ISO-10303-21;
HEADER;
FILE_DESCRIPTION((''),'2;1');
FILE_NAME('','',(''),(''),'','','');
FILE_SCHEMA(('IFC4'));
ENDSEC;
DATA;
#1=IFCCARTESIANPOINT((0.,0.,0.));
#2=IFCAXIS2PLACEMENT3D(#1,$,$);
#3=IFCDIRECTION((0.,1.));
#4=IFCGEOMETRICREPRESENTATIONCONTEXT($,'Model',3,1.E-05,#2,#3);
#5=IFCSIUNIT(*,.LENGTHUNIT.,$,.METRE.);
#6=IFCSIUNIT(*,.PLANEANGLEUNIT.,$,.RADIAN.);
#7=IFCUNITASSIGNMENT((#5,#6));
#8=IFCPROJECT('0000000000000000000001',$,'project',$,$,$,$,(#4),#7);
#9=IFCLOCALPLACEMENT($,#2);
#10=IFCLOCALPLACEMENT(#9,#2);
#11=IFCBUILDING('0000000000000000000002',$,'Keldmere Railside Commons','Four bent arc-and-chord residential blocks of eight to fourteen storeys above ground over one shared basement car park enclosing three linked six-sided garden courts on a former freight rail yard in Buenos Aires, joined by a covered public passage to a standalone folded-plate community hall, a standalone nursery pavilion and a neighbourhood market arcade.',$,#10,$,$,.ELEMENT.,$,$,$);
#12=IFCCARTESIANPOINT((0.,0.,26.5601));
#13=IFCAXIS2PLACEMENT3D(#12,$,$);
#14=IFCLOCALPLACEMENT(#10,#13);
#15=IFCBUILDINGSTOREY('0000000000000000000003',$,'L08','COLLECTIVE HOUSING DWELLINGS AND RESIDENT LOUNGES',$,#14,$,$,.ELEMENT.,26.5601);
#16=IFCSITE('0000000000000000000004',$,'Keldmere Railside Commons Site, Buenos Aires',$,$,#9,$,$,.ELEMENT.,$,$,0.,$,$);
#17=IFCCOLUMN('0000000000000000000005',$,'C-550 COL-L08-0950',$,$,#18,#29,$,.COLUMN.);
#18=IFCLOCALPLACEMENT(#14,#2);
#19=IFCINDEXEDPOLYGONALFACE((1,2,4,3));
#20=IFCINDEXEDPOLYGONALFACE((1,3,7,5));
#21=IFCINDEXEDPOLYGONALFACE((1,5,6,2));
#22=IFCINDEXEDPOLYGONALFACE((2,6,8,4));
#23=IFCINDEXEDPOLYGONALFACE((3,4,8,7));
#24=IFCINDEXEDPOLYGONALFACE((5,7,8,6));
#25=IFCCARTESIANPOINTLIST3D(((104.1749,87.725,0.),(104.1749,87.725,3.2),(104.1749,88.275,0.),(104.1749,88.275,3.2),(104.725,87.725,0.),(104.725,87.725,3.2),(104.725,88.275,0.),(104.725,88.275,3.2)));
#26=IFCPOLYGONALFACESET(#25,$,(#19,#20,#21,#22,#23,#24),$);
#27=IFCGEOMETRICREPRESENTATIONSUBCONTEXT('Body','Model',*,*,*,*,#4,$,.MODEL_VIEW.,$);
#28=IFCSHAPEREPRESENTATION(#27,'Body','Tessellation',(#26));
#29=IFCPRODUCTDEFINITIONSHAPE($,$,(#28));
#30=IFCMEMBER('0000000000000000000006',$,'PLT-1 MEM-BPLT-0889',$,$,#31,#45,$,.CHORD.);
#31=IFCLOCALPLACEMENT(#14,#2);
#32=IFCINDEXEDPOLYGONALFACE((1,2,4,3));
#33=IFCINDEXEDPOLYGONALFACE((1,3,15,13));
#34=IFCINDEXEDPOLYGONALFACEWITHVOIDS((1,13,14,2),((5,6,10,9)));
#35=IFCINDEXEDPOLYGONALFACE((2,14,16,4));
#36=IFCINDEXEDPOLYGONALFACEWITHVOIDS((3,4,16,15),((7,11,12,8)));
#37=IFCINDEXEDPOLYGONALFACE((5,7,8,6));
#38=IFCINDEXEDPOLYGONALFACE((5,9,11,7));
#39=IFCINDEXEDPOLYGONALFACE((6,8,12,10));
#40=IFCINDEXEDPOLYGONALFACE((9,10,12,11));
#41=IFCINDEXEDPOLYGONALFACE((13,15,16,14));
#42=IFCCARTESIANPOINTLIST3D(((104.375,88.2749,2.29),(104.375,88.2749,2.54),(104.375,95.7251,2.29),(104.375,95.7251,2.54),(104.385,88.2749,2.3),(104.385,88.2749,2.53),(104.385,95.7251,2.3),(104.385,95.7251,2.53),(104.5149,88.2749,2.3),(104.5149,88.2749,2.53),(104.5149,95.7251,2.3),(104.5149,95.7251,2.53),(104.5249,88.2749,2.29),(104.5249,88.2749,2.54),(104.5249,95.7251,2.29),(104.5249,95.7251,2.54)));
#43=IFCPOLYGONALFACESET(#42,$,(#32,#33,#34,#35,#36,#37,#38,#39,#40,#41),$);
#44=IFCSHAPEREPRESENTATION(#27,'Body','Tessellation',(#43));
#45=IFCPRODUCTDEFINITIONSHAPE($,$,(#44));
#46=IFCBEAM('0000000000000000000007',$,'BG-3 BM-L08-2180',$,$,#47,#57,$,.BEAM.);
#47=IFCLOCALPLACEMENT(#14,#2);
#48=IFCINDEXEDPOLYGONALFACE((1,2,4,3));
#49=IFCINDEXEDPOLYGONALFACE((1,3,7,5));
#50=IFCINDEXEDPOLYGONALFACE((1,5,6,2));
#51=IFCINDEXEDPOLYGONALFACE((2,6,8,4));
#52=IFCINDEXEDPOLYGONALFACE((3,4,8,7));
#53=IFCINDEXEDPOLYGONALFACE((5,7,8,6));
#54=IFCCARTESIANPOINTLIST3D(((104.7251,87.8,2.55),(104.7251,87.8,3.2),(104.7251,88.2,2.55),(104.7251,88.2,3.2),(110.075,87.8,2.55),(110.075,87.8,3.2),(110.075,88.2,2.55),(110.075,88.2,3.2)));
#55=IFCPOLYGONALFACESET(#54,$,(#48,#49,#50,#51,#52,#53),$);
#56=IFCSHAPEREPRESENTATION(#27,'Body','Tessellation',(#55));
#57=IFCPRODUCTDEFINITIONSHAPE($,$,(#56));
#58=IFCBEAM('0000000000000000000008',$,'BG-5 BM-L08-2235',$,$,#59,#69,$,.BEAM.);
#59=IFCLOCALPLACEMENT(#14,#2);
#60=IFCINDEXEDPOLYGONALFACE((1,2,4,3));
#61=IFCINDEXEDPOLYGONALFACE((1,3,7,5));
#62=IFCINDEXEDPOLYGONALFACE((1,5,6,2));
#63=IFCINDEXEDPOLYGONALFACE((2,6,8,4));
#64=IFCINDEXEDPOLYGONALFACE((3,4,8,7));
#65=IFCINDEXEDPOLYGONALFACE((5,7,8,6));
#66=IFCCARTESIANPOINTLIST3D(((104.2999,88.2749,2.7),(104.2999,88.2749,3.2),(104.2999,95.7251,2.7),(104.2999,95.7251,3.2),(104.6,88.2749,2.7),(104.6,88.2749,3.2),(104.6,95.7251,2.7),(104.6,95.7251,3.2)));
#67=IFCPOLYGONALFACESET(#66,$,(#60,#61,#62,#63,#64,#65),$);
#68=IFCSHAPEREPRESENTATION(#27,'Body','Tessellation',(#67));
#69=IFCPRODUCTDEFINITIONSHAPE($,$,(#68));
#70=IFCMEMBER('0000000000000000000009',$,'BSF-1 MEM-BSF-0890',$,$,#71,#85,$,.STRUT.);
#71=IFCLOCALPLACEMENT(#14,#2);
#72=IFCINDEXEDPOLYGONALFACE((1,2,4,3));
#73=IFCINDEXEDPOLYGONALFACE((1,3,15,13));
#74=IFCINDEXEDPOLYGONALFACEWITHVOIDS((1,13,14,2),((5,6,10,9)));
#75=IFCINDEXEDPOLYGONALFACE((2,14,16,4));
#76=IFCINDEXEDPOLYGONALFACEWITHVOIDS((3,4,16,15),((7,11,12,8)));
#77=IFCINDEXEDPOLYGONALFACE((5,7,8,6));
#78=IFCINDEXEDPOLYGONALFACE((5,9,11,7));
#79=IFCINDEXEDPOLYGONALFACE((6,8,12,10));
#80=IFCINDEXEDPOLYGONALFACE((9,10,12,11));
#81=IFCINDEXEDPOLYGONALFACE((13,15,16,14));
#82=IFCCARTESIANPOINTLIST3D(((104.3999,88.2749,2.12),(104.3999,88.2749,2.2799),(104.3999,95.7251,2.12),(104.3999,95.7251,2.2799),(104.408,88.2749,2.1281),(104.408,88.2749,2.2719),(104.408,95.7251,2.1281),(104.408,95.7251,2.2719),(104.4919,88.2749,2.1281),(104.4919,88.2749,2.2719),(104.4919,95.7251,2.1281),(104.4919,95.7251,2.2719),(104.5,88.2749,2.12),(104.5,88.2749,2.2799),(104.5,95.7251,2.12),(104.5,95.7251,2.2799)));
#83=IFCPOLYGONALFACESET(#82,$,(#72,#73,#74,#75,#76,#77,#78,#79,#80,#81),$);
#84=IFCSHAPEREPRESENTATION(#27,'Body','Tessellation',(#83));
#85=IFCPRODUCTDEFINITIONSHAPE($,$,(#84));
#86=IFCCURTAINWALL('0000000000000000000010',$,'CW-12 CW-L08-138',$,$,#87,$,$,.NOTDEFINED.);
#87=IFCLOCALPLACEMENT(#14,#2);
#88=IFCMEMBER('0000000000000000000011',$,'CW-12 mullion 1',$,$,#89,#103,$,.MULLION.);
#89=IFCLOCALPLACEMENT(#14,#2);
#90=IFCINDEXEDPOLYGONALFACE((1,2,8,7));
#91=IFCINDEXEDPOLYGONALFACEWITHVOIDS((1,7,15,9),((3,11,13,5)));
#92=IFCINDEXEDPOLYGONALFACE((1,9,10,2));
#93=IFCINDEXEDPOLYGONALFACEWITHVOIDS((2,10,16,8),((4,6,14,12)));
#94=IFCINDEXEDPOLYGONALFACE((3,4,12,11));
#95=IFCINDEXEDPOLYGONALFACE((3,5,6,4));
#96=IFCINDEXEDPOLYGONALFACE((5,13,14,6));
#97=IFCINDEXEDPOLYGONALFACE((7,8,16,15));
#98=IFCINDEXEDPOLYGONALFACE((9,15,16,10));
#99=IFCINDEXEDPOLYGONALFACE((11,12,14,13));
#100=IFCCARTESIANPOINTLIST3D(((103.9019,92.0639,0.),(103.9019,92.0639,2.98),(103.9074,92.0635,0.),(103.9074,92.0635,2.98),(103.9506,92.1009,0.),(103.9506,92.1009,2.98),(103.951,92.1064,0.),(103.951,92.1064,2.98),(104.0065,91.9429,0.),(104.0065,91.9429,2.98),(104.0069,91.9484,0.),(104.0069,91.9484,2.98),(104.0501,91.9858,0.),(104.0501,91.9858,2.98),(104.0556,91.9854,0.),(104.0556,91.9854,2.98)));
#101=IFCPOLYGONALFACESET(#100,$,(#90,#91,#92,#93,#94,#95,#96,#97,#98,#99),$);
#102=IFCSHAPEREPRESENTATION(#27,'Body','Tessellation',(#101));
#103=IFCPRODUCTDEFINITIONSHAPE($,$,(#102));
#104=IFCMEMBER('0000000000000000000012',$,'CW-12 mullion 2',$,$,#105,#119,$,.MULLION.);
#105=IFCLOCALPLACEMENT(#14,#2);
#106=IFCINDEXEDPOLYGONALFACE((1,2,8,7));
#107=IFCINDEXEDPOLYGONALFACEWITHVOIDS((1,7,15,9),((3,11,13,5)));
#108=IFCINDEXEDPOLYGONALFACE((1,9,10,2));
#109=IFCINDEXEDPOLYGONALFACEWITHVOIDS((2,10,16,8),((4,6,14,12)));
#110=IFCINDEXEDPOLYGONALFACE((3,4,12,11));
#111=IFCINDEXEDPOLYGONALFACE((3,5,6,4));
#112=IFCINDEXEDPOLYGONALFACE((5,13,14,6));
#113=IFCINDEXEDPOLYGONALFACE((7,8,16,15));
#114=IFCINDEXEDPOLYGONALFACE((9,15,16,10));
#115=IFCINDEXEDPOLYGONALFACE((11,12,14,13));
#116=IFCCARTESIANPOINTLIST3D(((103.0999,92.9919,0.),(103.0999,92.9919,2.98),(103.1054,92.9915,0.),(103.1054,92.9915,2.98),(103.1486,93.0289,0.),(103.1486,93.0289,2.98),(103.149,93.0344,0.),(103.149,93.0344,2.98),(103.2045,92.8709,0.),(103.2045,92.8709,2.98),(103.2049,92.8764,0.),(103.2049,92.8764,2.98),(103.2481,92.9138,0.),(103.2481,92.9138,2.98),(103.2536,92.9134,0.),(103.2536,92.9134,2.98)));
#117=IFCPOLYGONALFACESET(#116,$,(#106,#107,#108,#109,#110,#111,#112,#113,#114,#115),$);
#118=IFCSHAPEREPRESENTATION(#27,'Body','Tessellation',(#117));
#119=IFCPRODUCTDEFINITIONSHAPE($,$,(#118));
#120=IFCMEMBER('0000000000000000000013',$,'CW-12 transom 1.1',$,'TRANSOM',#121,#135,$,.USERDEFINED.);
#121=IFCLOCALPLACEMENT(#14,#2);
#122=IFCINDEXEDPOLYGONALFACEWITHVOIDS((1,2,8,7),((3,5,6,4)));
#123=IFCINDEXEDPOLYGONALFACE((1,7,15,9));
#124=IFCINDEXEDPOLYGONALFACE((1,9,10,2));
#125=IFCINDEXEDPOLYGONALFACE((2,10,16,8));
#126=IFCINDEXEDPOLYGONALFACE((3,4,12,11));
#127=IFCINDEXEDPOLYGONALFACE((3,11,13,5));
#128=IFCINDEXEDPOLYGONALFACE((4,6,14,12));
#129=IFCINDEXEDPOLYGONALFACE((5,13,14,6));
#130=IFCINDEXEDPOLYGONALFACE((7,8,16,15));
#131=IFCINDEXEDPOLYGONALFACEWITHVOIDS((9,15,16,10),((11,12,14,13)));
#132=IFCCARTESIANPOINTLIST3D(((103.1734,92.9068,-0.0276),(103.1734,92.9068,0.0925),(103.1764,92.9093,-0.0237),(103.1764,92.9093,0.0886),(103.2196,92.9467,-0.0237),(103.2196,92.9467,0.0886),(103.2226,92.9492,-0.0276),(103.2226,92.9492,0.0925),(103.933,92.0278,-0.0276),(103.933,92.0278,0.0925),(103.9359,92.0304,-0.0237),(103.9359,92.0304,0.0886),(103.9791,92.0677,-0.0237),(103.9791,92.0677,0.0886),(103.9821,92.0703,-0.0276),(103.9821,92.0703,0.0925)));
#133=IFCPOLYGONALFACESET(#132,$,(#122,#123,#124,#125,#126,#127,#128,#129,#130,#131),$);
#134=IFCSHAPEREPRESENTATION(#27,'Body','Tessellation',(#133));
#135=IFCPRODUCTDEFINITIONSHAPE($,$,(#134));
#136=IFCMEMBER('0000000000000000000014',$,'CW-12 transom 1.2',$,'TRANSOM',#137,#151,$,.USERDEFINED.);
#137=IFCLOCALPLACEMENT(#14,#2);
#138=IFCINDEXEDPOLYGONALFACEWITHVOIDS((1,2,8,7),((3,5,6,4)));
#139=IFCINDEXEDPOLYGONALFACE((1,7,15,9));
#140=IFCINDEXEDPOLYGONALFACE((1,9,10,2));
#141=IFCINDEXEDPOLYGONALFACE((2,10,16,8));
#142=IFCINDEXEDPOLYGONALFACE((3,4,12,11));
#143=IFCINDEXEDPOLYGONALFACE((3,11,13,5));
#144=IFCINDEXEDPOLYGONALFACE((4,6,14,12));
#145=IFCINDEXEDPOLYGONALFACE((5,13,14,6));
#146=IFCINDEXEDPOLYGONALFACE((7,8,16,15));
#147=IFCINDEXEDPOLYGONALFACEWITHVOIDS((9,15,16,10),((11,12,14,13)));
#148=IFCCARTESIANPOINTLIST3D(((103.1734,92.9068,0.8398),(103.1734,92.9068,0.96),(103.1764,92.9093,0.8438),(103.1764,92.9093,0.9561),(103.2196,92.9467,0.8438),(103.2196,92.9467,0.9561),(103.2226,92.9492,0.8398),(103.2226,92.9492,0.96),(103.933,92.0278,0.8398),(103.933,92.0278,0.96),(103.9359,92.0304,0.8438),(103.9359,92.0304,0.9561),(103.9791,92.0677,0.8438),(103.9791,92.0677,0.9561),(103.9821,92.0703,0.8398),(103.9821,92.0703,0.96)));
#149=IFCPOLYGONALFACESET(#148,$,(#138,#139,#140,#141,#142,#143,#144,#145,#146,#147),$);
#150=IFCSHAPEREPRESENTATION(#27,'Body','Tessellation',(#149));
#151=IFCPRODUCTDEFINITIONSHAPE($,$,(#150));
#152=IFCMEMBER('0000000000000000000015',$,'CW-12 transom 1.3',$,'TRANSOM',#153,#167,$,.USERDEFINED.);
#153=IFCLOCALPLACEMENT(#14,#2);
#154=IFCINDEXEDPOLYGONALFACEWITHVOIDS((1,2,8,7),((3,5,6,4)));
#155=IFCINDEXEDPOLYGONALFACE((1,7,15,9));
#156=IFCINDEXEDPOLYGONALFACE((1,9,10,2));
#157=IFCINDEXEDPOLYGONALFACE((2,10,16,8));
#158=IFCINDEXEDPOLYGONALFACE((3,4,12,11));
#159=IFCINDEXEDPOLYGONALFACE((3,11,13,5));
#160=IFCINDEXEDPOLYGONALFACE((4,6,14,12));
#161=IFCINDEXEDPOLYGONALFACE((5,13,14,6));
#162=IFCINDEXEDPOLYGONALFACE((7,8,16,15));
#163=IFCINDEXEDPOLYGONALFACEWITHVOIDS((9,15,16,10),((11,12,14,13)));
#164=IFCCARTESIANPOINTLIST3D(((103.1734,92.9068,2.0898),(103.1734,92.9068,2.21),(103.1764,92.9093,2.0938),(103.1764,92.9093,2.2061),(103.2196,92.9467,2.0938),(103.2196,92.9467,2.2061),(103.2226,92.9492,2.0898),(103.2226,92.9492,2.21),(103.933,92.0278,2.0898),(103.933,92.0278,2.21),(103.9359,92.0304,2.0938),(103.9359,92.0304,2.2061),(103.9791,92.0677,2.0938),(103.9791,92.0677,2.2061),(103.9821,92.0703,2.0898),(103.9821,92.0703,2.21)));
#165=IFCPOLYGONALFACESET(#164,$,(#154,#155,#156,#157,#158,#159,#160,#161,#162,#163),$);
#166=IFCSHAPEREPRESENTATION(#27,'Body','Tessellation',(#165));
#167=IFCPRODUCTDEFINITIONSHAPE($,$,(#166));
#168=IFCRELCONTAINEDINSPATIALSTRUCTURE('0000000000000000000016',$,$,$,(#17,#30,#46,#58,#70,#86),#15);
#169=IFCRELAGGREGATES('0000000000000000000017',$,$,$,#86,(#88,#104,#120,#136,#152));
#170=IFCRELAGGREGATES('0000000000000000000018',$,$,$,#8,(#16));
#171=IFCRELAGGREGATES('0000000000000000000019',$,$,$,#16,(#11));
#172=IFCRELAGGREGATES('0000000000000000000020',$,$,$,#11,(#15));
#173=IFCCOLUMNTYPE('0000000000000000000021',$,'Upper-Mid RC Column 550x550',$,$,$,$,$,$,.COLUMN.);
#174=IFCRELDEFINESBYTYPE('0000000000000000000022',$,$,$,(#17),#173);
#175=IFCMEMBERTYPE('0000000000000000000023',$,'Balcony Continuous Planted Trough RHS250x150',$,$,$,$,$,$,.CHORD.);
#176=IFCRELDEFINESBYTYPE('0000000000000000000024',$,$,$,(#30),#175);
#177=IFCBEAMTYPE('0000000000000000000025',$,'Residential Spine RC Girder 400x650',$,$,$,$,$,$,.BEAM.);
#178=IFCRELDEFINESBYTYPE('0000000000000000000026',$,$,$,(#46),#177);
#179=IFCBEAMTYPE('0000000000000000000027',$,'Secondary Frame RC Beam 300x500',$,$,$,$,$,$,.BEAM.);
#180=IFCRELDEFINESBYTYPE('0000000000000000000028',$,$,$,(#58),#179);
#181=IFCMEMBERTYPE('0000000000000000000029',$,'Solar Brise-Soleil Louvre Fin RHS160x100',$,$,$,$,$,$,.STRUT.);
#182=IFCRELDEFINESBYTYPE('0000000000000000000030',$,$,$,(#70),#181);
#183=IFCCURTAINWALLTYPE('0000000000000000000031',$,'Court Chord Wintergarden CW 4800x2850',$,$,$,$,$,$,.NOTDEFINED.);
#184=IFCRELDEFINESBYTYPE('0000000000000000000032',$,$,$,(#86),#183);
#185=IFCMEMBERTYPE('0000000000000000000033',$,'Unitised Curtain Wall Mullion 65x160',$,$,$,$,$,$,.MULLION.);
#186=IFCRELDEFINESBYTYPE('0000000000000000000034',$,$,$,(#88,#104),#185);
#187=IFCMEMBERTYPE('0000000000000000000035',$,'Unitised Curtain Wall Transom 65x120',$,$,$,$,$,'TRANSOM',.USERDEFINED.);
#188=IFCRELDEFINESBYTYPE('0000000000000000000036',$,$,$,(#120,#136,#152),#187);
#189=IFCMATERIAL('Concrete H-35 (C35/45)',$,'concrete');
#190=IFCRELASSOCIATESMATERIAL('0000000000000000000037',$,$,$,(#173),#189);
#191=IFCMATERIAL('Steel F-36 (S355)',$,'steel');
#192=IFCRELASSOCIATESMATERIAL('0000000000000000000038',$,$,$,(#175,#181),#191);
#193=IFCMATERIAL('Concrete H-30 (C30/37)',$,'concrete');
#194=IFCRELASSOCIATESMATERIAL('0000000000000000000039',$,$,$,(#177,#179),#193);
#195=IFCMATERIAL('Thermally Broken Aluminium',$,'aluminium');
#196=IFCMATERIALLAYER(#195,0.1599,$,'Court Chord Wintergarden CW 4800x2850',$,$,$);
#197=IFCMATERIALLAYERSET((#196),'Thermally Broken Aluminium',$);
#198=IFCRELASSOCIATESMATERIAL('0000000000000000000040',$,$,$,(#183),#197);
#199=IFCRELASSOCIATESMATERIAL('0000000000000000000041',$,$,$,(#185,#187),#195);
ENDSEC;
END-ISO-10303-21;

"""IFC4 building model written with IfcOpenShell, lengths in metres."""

from ifc_helpers import new_model, si_unit, direction, frame, origin, origin_2d, place, context, subcontext, project, spatial, rectangle, hollow_rectangle, extrude, material, layer, layer_set, material_profile, profile_set, type_object, element, aggregate, save


model = new_model("IFC4")

# Units and contexts
model_context = context("Model", 3, precision=1e-05, world=origin(), true_north=direction((0.0, 1.0)))
body_context = subcontext(model_context, "Body", "Model", "MODEL_VIEW")
ifc_project = project(units=[si_unit("LENGTHUNIT", "METRE"), si_unit("PLANEANGLEUNIT", "RADIAN")], contexts=[model_context])

# Site, building, storey
site_placement = place(None, origin())
site = spatial("IfcSite", under=ifc_project, at=site_placement, Name="Keldmere Railside Commons Site, Buenos Aires", CompositionType="ELEMENT", RefElevation=0.0)
building_placement = place(site_placement, origin())
building = spatial("IfcBuilding", under=site, at=building_placement, Name="Keldmere Railside Commons", Description="Four bent arc-and-chord residential blocks of eight to fourteen storeys above ground over one shared basement car park enclosing three linked six-sided garden courts on a former freight rail yard in Buenos Aires, joined by a covered public passage to a standalone folded-plate community hall, a standalone nursery pavilion and a neighbourhood market arcade.", CompositionType="ELEMENT")
storey_placement = place(building_placement, frame((0.0, 0.0, 26.5601)))
storey = spatial("IfcBuildingStorey", under=building, at=storey_placement, Name="L08", Description="COLLECTIVE HOUSING DWELLINGS AND RESIDENT LOUNGES", CompositionType="ELEMENT", Elevation=26.5601)

# Column
ifc_material_1 = material(Name="Concrete H-35 (C35/45)", Category="concrete")
ifc_material_profile_1 = material_profile(ifc_material_1, rectangle(XDim=0.55, YDim=0.55, at=origin_2d()), Name="RC-550x550")
ifc_profile_set_1 = profile_set([ifc_material_profile_1], Name="Concrete H-35 (C35/45)")
column_type = type_object("IfcColumnType", Name="Upper-Mid RC Column 550x550", PredefinedType="COLUMN", material=ifc_profile_set_1)
column_placement = place(storey_placement, frame((104.45, 88.0, 0.0), z_axis=(0.0, 0.0, 1.0), x_axis=(1.0, 0.0, 0.0)))
element("IfcColumn", 1, at=column_placement, inside=storey, type_object=column_type, Name="C-550 COL-L08-0950", PredefinedType="COLUMN", context=body_context, shape_type="SweptSolid", body=[
    extrude(rectangle(XDim=0.55, YDim=0.55, at=origin_2d()), origin(), (0.0, 0.0, 1.0), 3.2),
])

# Member
ifc_material_2 = material(Name="Steel F-36 (S355)", Category="steel")
ifc_material_profile_2 = material_profile(ifc_material_2, hollow_rectangle(XDim=0.1499, YDim=0.25, WallThickness=0.01, at=origin_2d()), Name="RHS-250x150x10")
ifc_profile_set_2 = profile_set([ifc_material_profile_2], Name="Steel F-36 (S355)")
member_type_1 = type_object("IfcMemberType", Name="Balcony Continuous Planted Trough RHS250x150", PredefinedType="CHORD", material=ifc_profile_set_2)
member_1_placement = place(storey_placement, frame((104.45, 88.2749, 2.415), z_axis=(0.0, 1.0, 0.0), x_axis=(-1.0, 0.0, 0.0)))
element("IfcMember", 2, at=member_1_placement, inside=storey, type_object=member_type_1, Name="PLT-1 MEM-BPLT-0889", PredefinedType="CHORD", context=body_context, shape_type="SweptSolid", body=[
    extrude(hollow_rectangle(XDim=0.1499, YDim=0.25, WallThickness=0.01, at=origin_2d()), origin(), (0.0, 0.0, 1.0), 7.4502),
])

# Beams
ifc_material_3 = material(Name="Concrete H-30 (C30/37)", Category="concrete")
ifc_material_profile_3 = material_profile(ifc_material_3, rectangle(XDim=0.3999, YDim=0.6499, at=origin_2d()), Name="RC-400x650")
ifc_profile_set_3 = profile_set([ifc_material_profile_3], Name="Concrete H-30 (C30/37)")
beam_type_1 = type_object("IfcBeamType", Name="Residential Spine RC Girder 400x650", PredefinedType="BEAM", material=ifc_profile_set_3)
beam_1_placement = place(storey_placement, frame((104.7251, 88.0, 2.875), z_axis=(1.0, 0.0, 0.0), x_axis=(0.0, 1.0, 0.0)))
element("IfcBeam", 3, at=beam_1_placement, inside=storey, type_object=beam_type_1, Name="BG-3 BM-L08-2180", PredefinedType="BEAM", context=body_context, shape_type="SweptSolid", body=[
    extrude(rectangle(XDim=0.3999, YDim=0.6499, at=origin_2d()), origin(), (0.0, 0.0, 1.0), 5.3499),
])
ifc_material_profile_4 = material_profile(ifc_material_3, rectangle(XDim=0.3, YDim=0.5, at=origin_2d()), Name="RC-300x500")
ifc_profile_set_4 = profile_set([ifc_material_profile_4], Name="Concrete H-30 (C30/37)")
beam_type_2 = type_object("IfcBeamType", Name="Secondary Frame RC Beam 300x500", PredefinedType="BEAM", material=ifc_profile_set_4)
beam_2_placement = place(storey_placement, frame((104.45, 88.2749, 2.95), z_axis=(0.0, 1.0, 0.0), x_axis=(-1.0, 0.0, 0.0)))
element("IfcBeam", 4, at=beam_2_placement, inside=storey, type_object=beam_type_2, Name="BG-5 BM-L08-2235", PredefinedType="BEAM", context=body_context, shape_type="SweptSolid", body=[
    extrude(rectangle(XDim=0.3, YDim=0.5, at=origin_2d()), origin(), (0.0, 0.0, 1.0), 7.4502),
])

# Member
ifc_material_profile_5 = material_profile(ifc_material_2, hollow_rectangle(XDim=0.1001, YDim=0.1599, WallThickness=0.0081, at=origin_2d()), Name="RHS-160x100x8")
ifc_profile_set_5 = profile_set([ifc_material_profile_5], Name="Steel F-36 (S355)")
member_type_2 = type_object("IfcMemberType", Name="Solar Brise-Soleil Louvre Fin RHS160x100", PredefinedType="STRUT", material=ifc_profile_set_5)
member_2_placement = place(storey_placement, frame((104.45, 88.2749, 2.2), z_axis=(0.0, 1.0, 0.0), x_axis=(-1.0, 0.0, 0.0)))
element("IfcMember", 5, at=member_2_placement, inside=storey, type_object=member_type_2, Name="BSF-1 MEM-BSF-0890", PredefinedType="STRUT", context=body_context, shape_type="SweptSolid", body=[
    extrude(hollow_rectangle(XDim=0.1001, YDim=0.1599, WallThickness=0.0081, at=origin_2d()), origin(), (0.0, 0.0, 1.0), 7.4502),
])

# Curtain wall, members
ifc_material_4 = material(Name="Thermally Broken Aluminium", Category="aluminium")
ifc_layer_1 = layer(ifc_material_4, 0.1599, Name="Court Chord Wintergarden CW 4800x2850")
ifc_layer_set_1 = layer_set([ifc_layer_1], Name="Thermally Broken Aluminium")
curtain_wall_type = type_object("IfcCurtainWallType", Name="Court Chord Wintergarden CW 4800x2850", PredefinedType="NOTDEFINED", material=ifc_layer_set_1)
curtain_wall_placement = place(storey_placement, origin())
curtain_wall = element("IfcCurtainWall", 6, at=curtain_wall_placement, inside=storey, type_object=curtain_wall_type, Name="CW-12 CW-L08-138", PredefinedType="NOTDEFINED")
ifc_material_profile_6 = material_profile(ifc_material_4, hollow_rectangle(XDim=0.0649, YDim=0.1599, WallThickness=0.0039, at=origin_2d()), Name="ALU-MULL-65x160")
ifc_profile_set_6 = profile_set([ifc_material_profile_6], Name="Thermally Broken Aluminium")
member_type_3 = type_object("IfcMemberType", Name="Unitised Curtain Wall Mullion 65x160", PredefinedType="MULLION", material=ifc_profile_set_6)
member_3_placement = place(storey_placement, frame((103.9788, 92.0247, 0.0), z_axis=(0.0, 0.0, 1.0), x_axis=(-0.756597, -0.653882, 0.0)))
member_3 = element("IfcMember", 7, at=member_3_placement, type_object=member_type_3, Name="CW-12 mullion 1", PredefinedType="MULLION", context=body_context, shape_type="SweptSolid", body=[
    extrude(hollow_rectangle(XDim=0.0649, YDim=0.1599, WallThickness=0.0039, at=origin_2d()), origin(), (0.0, 0.0, 1.0), 2.98),
])
member_4_placement = place(storey_placement, frame((103.1768, 92.9526, 0.0), z_axis=(0.0, 0.0, 1.0), x_axis=(-0.756597, -0.653882, 0.0)))
member_4 = element("IfcMember", 8, at=member_4_placement, type_object=member_type_3, Name="CW-12 mullion 2", PredefinedType="MULLION", context=body_context, shape_type="SweptSolid", body=[
    extrude(hollow_rectangle(XDim=0.0649, YDim=0.1599, WallThickness=0.0039, at=origin_2d()), origin(), (0.0, 0.0, 1.0), 2.98),
])
ifc_material_profile_7 = material_profile(ifc_material_4, hollow_rectangle(XDim=0.0649, YDim=0.1201, WallThickness=0.0039, at=origin_2d()), Name="ALU-TRAN-65x120")
ifc_profile_set_7 = profile_set([ifc_material_profile_7], Name="Thermally Broken Aluminium")
member_type_4 = type_object("IfcMemberType", Name="Unitised Curtain Wall Transom 65x120", ElementType="TRANSOM", PredefinedType="USERDEFINED", material=ifc_profile_set_7)
member_5_placement = place(storey_placement, frame((103.9575, 92.0491, 0.0325), z_axis=(-0.65385, 0.756624, 0.0), x_axis=(-0.756624, -0.65385, 0.0)))
member_5 = element("IfcMember", 9, at=member_5_placement, type_object=member_type_4, Name="CW-12 transom 1.1", ObjectType="TRANSOM", PredefinedType="USERDEFINED", context=body_context, shape_type="SweptSolid", body=[
    extrude(hollow_rectangle(XDim=0.0649, YDim=0.1201, WallThickness=0.0039, at=origin_2d()), origin(), (0.0, 0.0, 1.0), 1.1616),
])
member_6_placement = place(storey_placement, frame((103.9575, 92.0491, 0.8999), z_axis=(-0.65385, 0.756624, 0.0), x_axis=(-0.756624, -0.65385, 0.0)))
member_6 = element("IfcMember", 10, at=member_6_placement, type_object=member_type_4, Name="CW-12 transom 1.2", ObjectType="TRANSOM", PredefinedType="USERDEFINED", context=body_context, shape_type="SweptSolid", body=[
    extrude(hollow_rectangle(XDim=0.0649, YDim=0.1201, WallThickness=0.0039, at=origin_2d()), origin(), (0.0, 0.0, 1.0), 1.1616),
])
member_7_placement = place(storey_placement, frame((103.9575, 92.0491, 2.1499), z_axis=(-0.65385, 0.756624, 0.0), x_axis=(-0.756624, -0.65385, 0.0)))
member_7 = element("IfcMember", 11, at=member_7_placement, type_object=member_type_4, Name="CW-12 transom 1.3", ObjectType="TRANSOM", PredefinedType="USERDEFINED", context=body_context, shape_type="SweptSolid", body=[
    extrude(hollow_rectangle(XDim=0.0649, YDim=0.1201, WallThickness=0.0039, at=origin_2d()), origin(), (0.0, 0.0, 1.0), 1.1616),
])
aggregate(curtain_wall, [member_3, member_4, member_5, member_6, member_7])

save(model, "model.ifc")
